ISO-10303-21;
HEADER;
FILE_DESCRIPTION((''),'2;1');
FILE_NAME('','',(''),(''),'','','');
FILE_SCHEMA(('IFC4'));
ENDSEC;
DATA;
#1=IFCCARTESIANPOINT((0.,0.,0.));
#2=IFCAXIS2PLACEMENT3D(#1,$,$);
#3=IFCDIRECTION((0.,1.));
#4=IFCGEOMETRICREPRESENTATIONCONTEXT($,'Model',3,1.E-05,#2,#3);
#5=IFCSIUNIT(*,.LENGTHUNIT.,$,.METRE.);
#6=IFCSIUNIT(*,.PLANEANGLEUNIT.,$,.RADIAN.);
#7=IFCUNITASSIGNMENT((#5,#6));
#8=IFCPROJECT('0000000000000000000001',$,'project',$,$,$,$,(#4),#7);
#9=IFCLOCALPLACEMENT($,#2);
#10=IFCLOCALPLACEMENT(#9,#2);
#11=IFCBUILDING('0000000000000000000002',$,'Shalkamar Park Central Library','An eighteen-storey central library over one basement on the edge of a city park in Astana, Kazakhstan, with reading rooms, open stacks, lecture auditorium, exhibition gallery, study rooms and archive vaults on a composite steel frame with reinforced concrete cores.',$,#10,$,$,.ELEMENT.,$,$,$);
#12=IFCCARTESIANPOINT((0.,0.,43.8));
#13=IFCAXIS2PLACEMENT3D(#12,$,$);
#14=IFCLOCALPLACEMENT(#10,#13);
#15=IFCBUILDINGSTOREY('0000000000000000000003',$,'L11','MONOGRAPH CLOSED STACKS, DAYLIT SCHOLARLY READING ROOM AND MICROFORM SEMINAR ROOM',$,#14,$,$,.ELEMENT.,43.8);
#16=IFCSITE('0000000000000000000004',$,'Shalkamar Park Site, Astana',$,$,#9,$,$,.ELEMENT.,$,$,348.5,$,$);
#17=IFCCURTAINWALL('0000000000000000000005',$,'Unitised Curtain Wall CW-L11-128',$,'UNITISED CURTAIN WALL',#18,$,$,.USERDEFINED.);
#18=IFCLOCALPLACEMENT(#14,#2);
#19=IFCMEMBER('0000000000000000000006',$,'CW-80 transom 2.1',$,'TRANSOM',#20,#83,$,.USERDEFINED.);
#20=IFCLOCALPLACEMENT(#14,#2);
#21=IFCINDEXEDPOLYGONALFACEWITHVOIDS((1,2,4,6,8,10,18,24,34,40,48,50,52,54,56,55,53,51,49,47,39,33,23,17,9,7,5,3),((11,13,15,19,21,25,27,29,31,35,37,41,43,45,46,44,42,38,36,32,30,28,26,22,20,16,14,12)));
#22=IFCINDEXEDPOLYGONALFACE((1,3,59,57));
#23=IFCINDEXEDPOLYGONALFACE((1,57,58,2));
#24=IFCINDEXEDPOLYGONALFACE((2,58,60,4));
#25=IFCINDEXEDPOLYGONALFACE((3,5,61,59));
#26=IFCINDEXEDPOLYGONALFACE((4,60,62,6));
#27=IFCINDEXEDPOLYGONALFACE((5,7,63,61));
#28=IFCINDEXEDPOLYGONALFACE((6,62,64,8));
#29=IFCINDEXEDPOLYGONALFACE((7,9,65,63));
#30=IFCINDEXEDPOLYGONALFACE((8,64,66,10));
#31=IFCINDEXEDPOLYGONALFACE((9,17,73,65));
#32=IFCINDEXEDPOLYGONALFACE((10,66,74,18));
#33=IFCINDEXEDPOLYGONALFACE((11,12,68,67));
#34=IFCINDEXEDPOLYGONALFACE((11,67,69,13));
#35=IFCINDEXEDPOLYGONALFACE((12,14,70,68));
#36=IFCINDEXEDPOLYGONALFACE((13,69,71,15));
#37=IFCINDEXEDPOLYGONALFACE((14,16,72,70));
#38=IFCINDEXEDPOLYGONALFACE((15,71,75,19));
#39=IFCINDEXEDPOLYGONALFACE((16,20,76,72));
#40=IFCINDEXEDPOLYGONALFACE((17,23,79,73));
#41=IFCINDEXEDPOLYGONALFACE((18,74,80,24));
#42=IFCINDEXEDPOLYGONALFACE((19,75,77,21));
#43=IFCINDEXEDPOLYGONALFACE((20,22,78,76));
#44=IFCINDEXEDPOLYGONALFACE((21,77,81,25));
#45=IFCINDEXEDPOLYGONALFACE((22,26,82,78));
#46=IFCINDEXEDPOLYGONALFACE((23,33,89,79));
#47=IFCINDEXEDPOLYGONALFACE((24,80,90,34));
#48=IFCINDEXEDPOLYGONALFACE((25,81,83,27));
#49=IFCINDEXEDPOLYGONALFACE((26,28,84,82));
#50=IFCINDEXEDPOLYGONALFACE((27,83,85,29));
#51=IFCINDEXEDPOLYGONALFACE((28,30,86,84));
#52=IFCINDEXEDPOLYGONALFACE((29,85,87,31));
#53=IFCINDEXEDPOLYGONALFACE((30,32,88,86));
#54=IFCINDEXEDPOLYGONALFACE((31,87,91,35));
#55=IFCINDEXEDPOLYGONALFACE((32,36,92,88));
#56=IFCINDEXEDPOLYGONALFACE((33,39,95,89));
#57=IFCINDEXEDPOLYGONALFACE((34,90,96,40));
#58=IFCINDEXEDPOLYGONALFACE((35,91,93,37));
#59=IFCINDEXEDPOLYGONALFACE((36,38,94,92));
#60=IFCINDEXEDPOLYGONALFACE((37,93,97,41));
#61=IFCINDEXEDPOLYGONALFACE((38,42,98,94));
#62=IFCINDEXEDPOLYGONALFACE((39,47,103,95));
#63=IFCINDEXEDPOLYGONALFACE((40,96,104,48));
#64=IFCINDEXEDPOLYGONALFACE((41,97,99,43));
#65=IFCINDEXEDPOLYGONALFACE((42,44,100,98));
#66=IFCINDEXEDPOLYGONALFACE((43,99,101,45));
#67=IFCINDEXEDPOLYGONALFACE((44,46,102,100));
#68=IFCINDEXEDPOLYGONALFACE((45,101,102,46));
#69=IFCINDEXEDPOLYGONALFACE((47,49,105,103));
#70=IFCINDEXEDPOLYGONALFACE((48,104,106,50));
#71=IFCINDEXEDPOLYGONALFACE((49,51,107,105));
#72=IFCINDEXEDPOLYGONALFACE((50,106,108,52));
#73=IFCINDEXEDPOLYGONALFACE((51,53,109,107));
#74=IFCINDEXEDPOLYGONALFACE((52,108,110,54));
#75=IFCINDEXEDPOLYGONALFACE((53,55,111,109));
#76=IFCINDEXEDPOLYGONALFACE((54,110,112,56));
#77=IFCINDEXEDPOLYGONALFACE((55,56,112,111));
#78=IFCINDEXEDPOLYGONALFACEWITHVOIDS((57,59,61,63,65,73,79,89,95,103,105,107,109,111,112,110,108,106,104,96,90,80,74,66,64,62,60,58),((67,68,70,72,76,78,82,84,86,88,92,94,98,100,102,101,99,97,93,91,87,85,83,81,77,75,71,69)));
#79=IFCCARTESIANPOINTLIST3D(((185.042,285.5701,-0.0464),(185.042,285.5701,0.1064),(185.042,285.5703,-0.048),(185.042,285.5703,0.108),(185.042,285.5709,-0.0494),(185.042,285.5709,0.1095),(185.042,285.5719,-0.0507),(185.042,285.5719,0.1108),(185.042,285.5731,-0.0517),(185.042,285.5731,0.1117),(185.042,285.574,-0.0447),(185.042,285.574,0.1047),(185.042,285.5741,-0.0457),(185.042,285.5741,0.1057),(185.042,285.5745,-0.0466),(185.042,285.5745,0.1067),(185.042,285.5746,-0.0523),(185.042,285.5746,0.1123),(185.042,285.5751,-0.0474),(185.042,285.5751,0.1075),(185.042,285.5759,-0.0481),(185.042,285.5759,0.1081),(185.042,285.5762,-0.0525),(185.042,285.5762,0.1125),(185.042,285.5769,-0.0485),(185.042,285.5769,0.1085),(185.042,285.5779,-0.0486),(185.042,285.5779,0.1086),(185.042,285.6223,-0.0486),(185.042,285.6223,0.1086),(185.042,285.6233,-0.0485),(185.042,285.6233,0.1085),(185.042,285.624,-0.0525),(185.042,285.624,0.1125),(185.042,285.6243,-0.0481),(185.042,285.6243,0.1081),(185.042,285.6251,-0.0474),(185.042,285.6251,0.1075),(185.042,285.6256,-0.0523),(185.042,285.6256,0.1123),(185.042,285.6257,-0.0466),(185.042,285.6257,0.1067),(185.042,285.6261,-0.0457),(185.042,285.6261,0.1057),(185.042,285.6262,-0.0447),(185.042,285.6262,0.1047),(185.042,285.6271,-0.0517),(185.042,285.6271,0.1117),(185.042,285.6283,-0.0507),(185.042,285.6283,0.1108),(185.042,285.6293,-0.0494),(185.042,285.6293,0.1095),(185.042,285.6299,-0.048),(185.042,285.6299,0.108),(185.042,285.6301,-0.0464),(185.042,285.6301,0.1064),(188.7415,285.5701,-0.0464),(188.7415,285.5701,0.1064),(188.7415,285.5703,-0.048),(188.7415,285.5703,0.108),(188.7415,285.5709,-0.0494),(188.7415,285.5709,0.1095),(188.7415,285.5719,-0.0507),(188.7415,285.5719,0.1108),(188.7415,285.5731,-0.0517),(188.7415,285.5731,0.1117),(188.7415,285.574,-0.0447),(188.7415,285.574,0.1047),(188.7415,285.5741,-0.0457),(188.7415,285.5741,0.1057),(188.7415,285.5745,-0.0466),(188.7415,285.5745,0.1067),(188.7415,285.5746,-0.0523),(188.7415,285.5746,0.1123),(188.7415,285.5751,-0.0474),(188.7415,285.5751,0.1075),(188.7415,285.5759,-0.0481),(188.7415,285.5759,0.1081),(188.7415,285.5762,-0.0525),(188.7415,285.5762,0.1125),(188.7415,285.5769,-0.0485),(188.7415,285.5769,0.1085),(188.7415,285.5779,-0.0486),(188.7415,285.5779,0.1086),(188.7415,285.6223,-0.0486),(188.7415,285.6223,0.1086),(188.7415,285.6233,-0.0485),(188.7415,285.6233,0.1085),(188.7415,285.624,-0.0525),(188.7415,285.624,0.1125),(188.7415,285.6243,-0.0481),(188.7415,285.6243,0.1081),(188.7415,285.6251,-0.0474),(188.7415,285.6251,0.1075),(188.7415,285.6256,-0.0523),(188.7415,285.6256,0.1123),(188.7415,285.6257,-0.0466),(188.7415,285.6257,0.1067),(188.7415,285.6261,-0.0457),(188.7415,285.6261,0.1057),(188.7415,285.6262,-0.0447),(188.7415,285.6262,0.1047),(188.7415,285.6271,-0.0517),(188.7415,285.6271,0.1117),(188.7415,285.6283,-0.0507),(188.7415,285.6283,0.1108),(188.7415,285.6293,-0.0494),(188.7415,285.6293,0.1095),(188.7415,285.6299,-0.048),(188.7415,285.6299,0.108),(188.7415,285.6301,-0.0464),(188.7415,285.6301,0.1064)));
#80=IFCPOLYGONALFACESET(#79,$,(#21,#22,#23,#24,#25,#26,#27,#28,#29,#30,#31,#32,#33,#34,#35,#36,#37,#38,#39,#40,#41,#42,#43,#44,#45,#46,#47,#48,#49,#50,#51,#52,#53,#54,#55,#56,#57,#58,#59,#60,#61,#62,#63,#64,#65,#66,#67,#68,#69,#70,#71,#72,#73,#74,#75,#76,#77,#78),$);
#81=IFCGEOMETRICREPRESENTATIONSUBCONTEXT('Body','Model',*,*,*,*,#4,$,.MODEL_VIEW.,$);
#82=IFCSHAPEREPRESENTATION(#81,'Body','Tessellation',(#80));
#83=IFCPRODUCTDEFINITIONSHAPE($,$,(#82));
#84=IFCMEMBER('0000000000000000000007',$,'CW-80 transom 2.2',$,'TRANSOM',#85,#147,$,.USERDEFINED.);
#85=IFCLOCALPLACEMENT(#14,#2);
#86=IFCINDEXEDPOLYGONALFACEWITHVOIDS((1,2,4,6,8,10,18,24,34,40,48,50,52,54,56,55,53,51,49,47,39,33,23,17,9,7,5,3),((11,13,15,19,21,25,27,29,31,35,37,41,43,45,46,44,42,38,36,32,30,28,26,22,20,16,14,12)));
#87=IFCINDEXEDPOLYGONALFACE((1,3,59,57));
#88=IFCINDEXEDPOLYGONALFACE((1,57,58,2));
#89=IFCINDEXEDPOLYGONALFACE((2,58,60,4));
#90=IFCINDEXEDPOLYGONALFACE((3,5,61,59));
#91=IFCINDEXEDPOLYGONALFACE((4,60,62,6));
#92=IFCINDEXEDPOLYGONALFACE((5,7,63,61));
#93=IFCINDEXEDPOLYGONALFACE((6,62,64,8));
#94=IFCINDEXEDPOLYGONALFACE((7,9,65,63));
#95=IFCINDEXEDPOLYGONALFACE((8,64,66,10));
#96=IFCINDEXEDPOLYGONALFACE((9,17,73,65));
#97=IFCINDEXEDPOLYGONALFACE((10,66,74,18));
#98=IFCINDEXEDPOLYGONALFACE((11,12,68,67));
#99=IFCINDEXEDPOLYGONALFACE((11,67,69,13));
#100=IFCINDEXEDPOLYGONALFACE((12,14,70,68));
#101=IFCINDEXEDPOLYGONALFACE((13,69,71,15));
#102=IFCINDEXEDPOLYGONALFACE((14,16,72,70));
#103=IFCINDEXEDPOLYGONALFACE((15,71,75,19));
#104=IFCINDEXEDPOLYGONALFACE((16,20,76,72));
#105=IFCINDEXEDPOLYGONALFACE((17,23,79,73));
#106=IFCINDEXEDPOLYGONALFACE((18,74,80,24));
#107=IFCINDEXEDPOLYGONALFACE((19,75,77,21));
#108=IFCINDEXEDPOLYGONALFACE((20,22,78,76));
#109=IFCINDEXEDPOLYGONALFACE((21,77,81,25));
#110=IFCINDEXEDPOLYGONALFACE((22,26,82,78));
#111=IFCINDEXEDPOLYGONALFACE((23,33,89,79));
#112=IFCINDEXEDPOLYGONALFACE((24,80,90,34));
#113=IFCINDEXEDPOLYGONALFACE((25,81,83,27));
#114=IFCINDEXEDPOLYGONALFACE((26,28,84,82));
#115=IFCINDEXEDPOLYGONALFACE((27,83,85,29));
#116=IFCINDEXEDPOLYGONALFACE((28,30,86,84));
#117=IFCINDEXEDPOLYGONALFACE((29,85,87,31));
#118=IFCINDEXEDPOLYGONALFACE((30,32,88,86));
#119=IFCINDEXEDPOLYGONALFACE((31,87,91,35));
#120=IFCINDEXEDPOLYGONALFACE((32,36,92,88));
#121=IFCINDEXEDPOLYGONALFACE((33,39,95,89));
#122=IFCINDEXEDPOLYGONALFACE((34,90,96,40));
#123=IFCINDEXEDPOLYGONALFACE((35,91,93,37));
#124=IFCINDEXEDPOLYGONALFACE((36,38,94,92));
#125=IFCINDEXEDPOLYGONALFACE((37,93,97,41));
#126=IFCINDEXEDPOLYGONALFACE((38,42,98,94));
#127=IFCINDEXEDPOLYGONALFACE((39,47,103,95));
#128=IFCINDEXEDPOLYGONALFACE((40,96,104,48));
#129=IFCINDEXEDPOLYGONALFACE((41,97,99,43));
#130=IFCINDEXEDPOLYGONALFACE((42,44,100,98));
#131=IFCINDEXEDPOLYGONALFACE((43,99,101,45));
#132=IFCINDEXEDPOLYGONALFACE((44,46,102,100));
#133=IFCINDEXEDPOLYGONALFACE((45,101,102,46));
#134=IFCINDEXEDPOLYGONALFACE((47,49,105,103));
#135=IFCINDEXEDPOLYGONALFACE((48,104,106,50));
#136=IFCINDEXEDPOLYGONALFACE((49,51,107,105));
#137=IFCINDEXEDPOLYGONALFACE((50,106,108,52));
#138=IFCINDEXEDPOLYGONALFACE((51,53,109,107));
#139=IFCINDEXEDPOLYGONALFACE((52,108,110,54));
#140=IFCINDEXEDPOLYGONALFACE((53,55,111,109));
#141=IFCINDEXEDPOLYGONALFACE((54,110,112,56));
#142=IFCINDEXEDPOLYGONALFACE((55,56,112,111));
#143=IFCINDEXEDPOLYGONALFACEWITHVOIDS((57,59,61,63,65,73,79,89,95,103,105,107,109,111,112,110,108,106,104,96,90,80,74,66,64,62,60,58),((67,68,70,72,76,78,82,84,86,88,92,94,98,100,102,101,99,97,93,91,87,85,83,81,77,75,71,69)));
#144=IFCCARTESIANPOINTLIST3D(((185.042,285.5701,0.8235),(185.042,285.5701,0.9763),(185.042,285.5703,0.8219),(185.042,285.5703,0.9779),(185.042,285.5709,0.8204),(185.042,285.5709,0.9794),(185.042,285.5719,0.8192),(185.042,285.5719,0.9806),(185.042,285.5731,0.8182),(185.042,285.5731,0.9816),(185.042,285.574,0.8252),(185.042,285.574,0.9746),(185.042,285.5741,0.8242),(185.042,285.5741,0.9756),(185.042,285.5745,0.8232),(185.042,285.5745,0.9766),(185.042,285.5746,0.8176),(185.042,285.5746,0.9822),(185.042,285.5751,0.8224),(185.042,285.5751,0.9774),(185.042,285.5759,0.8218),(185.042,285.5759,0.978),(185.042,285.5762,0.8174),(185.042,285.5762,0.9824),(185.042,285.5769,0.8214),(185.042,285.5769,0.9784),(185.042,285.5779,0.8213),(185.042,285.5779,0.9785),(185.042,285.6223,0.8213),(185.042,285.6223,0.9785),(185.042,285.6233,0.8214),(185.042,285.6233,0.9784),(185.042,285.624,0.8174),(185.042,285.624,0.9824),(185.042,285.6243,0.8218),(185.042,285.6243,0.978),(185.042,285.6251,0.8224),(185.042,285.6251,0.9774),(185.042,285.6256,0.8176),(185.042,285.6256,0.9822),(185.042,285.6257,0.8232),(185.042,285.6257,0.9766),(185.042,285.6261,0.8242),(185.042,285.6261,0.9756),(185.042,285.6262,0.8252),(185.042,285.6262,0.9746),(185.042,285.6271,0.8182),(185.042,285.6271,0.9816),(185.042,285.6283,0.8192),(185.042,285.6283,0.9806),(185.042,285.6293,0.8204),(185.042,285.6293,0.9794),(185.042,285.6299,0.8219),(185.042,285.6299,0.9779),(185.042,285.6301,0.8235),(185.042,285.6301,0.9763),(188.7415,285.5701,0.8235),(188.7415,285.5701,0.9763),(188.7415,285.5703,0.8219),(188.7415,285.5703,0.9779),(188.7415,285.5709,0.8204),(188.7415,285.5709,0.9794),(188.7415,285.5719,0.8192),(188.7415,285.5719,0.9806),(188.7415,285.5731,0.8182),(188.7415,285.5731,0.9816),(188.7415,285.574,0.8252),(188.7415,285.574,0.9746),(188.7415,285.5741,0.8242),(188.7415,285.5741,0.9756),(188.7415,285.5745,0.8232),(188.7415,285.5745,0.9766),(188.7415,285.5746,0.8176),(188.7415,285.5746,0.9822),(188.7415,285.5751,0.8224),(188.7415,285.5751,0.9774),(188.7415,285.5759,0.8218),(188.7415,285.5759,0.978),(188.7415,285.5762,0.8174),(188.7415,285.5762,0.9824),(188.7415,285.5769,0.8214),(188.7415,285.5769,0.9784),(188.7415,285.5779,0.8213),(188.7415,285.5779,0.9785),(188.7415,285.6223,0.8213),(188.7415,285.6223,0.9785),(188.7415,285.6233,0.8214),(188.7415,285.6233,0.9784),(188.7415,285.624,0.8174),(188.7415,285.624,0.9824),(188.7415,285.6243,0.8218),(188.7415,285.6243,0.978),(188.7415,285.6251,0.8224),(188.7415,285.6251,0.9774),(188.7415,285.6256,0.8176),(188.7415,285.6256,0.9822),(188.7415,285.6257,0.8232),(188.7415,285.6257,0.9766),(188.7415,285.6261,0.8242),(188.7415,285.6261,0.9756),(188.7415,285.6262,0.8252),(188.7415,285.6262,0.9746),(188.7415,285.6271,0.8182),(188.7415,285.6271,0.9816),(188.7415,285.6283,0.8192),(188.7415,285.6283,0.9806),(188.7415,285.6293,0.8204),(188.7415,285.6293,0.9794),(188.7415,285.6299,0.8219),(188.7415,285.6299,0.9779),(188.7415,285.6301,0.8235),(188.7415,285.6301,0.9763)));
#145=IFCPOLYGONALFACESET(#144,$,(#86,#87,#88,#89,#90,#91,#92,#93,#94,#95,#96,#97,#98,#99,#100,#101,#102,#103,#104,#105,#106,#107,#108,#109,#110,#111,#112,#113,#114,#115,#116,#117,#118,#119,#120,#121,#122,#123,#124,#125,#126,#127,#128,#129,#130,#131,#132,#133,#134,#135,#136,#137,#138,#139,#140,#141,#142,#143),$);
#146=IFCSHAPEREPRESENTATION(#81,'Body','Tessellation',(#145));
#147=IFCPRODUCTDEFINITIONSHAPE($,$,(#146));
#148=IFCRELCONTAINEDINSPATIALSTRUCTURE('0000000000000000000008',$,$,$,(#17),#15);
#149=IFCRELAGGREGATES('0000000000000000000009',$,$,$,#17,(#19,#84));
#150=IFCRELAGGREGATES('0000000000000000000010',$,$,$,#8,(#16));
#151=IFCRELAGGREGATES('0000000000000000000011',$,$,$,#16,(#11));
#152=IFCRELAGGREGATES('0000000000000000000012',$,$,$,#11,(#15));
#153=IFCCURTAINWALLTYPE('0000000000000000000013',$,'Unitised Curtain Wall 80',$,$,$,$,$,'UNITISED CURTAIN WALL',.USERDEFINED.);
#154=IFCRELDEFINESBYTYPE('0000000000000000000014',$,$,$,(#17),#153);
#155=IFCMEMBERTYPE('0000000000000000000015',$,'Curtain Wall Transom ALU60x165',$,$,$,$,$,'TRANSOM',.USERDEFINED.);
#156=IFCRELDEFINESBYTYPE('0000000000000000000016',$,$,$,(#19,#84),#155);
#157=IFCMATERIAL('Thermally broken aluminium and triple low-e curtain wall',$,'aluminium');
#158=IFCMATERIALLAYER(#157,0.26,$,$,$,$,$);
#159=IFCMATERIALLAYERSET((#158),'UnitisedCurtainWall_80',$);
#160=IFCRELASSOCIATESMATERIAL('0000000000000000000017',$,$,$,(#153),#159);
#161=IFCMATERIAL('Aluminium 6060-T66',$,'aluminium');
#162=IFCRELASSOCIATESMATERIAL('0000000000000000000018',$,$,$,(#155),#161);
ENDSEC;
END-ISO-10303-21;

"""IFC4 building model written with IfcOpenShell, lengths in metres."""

from ifc_helpers import new_model, si_unit, direction, frame, origin, origin_2d, place, context, subcontext, project, spatial, hollow_rectangle, extrude, material, layer, layer_set, material_profile, profile_set, type_object, element, aggregate, save


model = new_model("IFC4")

# Units and contexts
model_context = context("Model", 3, precision=1e-05, world=origin(), true_north=direction((0.0, 1.0)))
body_context = subcontext(model_context, "Body", "Model", "MODEL_VIEW")
ifc_project = project(units=[si_unit("LENGTHUNIT", "METRE"), si_unit("PLANEANGLEUNIT", "RADIAN")], contexts=[model_context])

# Site, building, storey
site_placement = place(None, origin())
site = spatial("IfcSite", under=ifc_project, at=site_placement, Name="Shalkamar Park Site, Astana", CompositionType="ELEMENT", RefElevation=348.5)
building_placement = place(site_placement, origin())
building = spatial("IfcBuilding", under=site, at=building_placement, Name="Shalkamar Park Central Library", Description="An eighteen-storey central library over one basement on the edge of a city park in Astana, Kazakhstan, with reading rooms, open stacks, lecture auditorium, exhibition gallery, study rooms and archive vaults on a composite steel frame with reinforced concrete cores.", CompositionType="ELEMENT")
storey_placement = place(building_placement, frame((0.0, 0.0, 43.8)))
storey = spatial("IfcBuildingStorey", under=building, at=storey_placement, Name="L11", Description="MONOGRAPH CLOSED STACKS, DAYLIT SCHOLARLY READING ROOM AND MICROFORM SEMINAR ROOM", CompositionType="ELEMENT", Elevation=43.8)

# Curtain wall
ifc_material_1 = material(Name="Thermally broken aluminium and triple low-e curtain wall", Category="aluminium")
ifc_layer_1 = layer(ifc_material_1, 0.26)
ifc_layer_set_1 = layer_set([ifc_layer_1], Name="UnitisedCurtainWall_80")
curtain_wall_type_1 = type_object("IfcCurtainWallType", Name="Unitised Curtain Wall 80", ElementType="UNITISED CURTAIN WALL", PredefinedType="USERDEFINED", material=ifc_layer_set_1)
curtain_wall_1_placement = place(storey_placement, origin())
curtain_wall_1 = element("IfcCurtainWall", 1, at=curtain_wall_1_placement, inside=storey, type_object=curtain_wall_type_1, Name="Unitised Curtain Wall CW-L11-128", ObjectType="UNITISED CURTAIN WALL", PredefinedType="USERDEFINED")
ifc_material_2 = material(Name="Aluminium 6060-T66", Category="aluminium")

# Members
ifc_material_profile_1 = material_profile(ifc_material_2, hollow_rectangle(XDim=0.0601, YDim=0.165, WallThickness=0.0039, InnerFilletRadius=0.0039, OuterFilletRadius=0.0061, at=origin_2d()), Name="ALU 60x165x4")
ifc_profile_set_1 = profile_set([ifc_material_profile_1], Name="Aluminium 6060-T66")
member_type_1 = type_object("IfcMemberType", Name="Curtain Wall Transom ALU60x165", ElementType="TRANSOM", PredefinedType="USERDEFINED", material=ifc_profile_set_1)
member_1_placement = place(storey_placement, frame((185.042, 285.6001, 0.03), z_axis=(1.0, 0.0, 0.0), x_axis=(0.0, 1.0, 0.0)))
member_1 = element("IfcMember", 2, at=member_1_placement, type_object=member_type_1, Name="CW-80 transom 2.1", ObjectType="TRANSOM", PredefinedType="USERDEFINED", context=body_context, shape_type="SweptSolid", body=[
    extrude(hollow_rectangle(XDim=0.0601, YDim=0.165, WallThickness=0.0039, InnerFilletRadius=0.0039, OuterFilletRadius=0.0061, at=origin_2d()), origin(), (0.0, 0.0, 1.0), 3.6995),
])
member_2_placement = place(storey_placement, frame((185.042, 285.6001, 0.8999), z_axis=(1.0, 0.0, 0.0), x_axis=(0.0, 1.0, 0.0)))
member_2 = element("IfcMember", 3, at=member_2_placement, type_object=member_type_1, Name="CW-80 transom 2.2", ObjectType="TRANSOM", PredefinedType="USERDEFINED", context=body_context, shape_type="SweptSolid", body=[
    extrude(hollow_rectangle(XDim=0.0601, YDim=0.165, WallThickness=0.0039, InnerFilletRadius=0.0039, OuterFilletRadius=0.0061, at=origin_2d()), origin(), (0.0, 0.0, 1.0), 3.6995),
])

aggregate(curtain_wall_1, [member_1, member_2])

save(model, "model.ifc")
